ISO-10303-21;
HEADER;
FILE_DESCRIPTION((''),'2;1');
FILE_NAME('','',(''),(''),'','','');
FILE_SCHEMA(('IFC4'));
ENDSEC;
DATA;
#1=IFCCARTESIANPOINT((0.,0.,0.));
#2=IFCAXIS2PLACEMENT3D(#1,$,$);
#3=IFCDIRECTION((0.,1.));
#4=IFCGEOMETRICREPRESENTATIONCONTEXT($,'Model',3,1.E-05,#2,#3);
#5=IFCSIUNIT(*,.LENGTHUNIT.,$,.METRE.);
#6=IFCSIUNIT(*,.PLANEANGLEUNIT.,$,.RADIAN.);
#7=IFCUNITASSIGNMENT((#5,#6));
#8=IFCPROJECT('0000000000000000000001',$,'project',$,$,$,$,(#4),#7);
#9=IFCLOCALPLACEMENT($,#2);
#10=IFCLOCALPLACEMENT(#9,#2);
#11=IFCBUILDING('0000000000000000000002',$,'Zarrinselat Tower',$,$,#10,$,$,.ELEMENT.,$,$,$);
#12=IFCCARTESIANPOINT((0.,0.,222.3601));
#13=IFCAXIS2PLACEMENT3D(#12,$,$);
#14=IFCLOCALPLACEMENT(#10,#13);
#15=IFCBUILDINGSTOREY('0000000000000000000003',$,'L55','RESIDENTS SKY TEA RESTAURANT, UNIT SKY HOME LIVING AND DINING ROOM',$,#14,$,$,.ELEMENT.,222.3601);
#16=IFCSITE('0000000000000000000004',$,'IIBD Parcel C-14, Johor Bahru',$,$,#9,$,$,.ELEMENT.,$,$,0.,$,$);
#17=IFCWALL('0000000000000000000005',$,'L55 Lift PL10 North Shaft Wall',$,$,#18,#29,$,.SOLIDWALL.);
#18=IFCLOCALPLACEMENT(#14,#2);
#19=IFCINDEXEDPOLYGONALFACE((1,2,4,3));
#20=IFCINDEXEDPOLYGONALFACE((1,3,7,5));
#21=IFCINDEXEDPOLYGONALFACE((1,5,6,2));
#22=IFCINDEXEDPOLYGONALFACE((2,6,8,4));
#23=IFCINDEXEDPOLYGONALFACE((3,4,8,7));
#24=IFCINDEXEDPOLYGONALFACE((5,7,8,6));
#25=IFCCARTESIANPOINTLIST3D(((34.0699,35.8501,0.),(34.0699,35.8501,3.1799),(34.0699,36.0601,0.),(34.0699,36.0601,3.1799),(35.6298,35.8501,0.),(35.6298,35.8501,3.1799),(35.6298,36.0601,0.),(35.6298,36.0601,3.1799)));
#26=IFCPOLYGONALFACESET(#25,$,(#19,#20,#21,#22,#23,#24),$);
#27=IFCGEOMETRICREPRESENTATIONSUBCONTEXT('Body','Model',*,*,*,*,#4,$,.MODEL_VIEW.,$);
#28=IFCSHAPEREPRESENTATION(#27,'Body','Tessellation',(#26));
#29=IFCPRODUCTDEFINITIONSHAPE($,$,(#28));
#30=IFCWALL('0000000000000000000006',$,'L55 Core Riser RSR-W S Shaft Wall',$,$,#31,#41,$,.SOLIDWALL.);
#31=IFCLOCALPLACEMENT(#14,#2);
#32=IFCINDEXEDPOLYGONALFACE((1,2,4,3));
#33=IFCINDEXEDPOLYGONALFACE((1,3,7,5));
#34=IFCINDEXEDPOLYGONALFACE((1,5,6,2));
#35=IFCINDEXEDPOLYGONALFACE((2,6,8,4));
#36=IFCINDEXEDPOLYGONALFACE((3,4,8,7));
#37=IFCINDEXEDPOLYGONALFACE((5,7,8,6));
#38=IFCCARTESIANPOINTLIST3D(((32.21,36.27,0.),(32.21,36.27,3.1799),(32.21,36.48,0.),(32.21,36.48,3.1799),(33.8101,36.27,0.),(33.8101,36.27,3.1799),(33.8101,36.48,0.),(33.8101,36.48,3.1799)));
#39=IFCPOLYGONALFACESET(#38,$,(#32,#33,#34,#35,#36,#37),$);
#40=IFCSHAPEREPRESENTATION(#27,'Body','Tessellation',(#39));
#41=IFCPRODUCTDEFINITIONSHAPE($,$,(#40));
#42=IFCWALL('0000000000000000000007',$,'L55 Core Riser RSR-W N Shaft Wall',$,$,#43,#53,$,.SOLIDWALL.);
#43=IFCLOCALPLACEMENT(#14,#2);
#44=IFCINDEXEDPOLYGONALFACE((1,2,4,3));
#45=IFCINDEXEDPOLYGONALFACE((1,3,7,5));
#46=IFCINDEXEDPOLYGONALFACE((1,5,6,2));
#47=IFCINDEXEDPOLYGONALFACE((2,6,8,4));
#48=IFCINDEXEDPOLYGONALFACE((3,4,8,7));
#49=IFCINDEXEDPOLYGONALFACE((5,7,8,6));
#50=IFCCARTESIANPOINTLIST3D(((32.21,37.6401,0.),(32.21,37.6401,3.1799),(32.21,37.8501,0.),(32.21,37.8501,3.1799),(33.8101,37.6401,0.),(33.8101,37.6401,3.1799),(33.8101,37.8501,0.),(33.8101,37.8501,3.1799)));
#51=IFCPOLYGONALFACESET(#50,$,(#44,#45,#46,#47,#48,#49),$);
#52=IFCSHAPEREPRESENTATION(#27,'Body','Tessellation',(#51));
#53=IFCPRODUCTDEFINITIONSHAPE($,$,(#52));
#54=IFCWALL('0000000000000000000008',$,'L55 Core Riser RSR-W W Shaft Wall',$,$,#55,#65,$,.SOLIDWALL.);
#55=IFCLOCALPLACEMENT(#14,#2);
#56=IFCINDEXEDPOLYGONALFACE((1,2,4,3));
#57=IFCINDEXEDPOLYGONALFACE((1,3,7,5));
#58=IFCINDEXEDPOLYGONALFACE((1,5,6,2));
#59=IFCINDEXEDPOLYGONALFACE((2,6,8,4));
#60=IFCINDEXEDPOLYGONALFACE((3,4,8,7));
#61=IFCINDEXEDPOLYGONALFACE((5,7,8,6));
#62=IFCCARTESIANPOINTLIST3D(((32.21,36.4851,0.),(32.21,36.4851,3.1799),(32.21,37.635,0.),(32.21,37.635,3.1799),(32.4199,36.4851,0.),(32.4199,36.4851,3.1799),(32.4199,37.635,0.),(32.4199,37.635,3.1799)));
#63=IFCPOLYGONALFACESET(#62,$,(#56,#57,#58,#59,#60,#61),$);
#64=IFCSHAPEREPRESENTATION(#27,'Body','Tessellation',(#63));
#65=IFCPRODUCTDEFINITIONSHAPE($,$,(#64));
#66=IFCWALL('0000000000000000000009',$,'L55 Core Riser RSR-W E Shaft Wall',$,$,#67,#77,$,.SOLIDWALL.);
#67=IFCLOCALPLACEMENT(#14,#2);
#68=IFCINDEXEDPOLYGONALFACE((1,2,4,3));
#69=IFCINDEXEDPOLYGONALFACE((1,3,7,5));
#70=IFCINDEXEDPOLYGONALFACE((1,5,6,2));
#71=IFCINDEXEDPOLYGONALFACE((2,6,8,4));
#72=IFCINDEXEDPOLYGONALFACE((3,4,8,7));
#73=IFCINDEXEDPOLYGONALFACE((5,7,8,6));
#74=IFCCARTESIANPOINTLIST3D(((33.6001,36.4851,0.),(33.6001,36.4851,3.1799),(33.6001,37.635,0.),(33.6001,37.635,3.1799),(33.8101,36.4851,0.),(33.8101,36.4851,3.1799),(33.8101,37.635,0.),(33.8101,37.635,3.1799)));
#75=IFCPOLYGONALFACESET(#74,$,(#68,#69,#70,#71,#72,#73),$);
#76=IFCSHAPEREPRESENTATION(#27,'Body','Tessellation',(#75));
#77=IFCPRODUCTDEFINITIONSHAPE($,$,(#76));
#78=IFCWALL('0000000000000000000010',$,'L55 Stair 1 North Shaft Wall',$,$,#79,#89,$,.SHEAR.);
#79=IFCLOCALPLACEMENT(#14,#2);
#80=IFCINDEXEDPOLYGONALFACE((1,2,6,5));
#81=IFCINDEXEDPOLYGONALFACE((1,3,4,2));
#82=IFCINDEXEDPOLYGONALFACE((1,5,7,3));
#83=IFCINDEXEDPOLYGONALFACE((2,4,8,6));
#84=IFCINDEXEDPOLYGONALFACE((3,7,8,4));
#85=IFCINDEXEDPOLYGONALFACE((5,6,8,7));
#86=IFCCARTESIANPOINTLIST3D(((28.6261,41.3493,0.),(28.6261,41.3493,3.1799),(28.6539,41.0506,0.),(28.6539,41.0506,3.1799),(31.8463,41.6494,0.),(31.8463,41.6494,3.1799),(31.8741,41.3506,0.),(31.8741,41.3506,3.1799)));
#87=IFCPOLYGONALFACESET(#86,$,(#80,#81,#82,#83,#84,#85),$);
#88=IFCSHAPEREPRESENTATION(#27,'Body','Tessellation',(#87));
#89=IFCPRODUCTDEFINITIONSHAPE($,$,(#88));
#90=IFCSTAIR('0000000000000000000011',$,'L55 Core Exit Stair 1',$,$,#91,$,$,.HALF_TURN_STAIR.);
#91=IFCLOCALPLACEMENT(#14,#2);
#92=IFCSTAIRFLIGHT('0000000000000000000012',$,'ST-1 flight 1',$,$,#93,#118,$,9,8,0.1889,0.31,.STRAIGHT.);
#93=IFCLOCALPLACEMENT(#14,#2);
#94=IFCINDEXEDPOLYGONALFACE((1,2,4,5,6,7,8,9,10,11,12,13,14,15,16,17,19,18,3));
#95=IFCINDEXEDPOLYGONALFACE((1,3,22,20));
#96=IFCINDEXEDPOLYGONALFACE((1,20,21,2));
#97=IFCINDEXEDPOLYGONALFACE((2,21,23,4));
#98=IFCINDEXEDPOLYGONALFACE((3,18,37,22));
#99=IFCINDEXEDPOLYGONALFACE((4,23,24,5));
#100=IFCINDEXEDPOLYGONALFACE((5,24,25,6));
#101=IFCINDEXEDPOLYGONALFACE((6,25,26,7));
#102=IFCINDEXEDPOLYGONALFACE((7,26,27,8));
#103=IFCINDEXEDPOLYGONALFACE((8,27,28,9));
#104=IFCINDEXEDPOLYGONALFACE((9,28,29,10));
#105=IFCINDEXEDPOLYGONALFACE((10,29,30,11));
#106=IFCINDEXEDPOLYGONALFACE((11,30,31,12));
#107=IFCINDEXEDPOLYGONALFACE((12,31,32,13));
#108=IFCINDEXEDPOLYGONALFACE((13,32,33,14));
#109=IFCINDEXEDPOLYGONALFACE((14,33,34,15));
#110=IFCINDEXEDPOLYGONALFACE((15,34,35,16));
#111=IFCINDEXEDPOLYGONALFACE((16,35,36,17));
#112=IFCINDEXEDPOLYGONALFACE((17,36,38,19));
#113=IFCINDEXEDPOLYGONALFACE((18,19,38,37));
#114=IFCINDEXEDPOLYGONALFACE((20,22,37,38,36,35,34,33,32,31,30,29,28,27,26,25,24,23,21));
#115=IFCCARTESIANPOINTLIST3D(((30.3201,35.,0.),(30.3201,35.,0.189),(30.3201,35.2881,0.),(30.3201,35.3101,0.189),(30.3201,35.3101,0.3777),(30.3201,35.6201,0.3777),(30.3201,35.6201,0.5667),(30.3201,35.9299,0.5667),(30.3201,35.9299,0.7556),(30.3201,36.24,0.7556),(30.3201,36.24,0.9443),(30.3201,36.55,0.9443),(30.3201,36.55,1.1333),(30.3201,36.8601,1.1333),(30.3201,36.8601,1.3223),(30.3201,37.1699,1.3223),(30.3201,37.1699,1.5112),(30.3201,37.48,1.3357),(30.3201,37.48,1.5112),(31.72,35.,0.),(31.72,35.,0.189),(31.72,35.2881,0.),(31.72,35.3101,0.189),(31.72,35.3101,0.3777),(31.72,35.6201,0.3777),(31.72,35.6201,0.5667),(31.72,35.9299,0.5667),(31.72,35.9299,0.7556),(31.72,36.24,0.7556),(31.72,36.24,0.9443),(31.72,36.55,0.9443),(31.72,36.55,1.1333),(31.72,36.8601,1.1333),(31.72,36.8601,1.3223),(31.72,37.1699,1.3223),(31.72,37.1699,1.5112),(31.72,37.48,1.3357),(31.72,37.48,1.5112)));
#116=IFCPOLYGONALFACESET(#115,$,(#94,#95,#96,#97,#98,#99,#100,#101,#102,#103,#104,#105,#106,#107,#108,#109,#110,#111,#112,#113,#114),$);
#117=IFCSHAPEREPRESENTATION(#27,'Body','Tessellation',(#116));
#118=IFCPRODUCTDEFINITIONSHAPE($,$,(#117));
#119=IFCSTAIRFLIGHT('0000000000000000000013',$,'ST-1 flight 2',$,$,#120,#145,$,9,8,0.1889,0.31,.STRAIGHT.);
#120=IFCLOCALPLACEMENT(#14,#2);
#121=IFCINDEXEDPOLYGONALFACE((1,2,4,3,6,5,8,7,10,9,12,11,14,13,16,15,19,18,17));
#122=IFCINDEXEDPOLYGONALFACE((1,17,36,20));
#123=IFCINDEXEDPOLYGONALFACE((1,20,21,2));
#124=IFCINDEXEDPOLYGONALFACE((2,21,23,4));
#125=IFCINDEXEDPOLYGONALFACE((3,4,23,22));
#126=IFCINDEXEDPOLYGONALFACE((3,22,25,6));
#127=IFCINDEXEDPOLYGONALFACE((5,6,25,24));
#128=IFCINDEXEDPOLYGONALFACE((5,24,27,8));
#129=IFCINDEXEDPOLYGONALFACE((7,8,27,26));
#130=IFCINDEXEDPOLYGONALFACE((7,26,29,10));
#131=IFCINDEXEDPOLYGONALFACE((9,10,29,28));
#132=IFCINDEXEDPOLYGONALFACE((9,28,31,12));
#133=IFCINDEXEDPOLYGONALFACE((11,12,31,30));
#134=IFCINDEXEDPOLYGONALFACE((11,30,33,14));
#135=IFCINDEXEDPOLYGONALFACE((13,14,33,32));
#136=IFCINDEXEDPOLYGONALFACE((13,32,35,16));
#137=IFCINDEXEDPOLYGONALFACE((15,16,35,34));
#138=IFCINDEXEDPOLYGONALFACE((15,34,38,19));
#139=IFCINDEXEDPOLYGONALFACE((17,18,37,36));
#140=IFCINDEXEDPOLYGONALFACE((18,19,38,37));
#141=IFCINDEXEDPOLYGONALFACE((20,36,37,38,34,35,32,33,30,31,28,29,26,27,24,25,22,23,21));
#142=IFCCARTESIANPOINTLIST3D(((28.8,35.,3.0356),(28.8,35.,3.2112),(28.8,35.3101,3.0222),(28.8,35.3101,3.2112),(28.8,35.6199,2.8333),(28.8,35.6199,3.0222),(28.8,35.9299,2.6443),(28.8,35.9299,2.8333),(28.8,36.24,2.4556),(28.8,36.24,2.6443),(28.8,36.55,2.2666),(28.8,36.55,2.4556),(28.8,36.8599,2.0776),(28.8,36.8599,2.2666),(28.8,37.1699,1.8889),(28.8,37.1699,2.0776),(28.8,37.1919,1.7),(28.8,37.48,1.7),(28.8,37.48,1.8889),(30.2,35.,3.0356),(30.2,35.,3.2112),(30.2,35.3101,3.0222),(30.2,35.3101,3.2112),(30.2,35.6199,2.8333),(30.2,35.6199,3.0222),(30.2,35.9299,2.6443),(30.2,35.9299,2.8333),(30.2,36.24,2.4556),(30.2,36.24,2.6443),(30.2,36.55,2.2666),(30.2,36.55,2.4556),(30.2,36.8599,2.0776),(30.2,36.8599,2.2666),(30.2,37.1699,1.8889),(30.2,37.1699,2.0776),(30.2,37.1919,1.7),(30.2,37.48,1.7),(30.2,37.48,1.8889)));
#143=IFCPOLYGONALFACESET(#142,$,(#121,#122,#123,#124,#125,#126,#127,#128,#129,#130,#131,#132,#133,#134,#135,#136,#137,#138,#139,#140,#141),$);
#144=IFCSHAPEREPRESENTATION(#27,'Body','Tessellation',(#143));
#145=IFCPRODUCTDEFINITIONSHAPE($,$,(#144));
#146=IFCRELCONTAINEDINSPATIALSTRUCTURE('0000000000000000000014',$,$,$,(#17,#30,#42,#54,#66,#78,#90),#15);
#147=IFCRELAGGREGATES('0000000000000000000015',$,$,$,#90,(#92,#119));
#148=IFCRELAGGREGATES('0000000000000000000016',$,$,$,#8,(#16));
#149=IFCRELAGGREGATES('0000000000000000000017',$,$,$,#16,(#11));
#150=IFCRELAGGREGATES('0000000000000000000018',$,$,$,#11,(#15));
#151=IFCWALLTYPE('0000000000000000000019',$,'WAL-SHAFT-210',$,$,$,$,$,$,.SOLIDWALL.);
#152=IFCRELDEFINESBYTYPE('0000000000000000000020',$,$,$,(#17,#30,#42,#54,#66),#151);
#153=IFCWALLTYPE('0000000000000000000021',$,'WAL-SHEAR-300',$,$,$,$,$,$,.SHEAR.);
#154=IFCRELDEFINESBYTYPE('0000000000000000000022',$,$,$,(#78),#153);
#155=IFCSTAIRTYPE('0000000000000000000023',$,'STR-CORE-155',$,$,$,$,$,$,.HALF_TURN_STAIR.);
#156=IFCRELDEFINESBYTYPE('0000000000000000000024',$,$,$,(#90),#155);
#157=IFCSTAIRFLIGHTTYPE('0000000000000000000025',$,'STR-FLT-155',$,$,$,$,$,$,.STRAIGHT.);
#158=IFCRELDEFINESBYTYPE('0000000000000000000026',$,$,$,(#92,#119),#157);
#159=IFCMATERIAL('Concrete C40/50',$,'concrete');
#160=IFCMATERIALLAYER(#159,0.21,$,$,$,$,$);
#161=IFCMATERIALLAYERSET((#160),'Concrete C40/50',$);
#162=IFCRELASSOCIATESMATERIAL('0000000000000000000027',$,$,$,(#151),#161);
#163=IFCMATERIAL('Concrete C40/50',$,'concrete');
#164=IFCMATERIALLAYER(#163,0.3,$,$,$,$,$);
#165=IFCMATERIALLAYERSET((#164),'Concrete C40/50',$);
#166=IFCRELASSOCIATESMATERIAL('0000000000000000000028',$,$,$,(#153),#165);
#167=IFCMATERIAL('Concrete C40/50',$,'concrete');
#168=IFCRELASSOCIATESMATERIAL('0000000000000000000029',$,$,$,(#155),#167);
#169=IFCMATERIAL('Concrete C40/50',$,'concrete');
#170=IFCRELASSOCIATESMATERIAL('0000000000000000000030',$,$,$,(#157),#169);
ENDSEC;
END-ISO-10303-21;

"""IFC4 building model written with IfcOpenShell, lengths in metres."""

from ifc_helpers import new_model, si_unit, direction, frame, frame_2d, origin, place, context, subcontext, project, spatial, polyline, rectangle, outline, extrude, material, layer, layer_set, type_object, element, aggregate, save


model = new_model("IFC4")

# Units and contexts
model_context = context("Model", 3, precision=1e-05, world=origin(), true_north=direction((0.0, 1.0)))
body_context = subcontext(model_context, "Body", "Model", "MODEL_VIEW")
ifc_project = project(units=[si_unit("LENGTHUNIT", "METRE"), si_unit("PLANEANGLEUNIT", "RADIAN")], contexts=[model_context])

# Site, building, storey
site_placement = place(None, origin())
site = spatial("IfcSite", under=ifc_project, at=site_placement, Name="IIBD Parcel C-14, Johor Bahru", CompositionType="ELEMENT", RefElevation=0.0)
building_placement = place(site_placement, origin())
building = spatial("IfcBuilding", under=site, at=building_placement, Name="Zarrinselat Tower", CompositionType="ELEMENT")
storey_placement = place(building_placement, frame((0.0, 0.0, 222.3601)))
storey = spatial("IfcBuildingStorey", under=building, at=storey_placement, Name="L55", Description="RESIDENTS SKY TEA RESTAURANT, UNIT SKY HOME LIVING AND DINING ROOM", CompositionType="ELEMENT", Elevation=222.3601)

# Walls
ifc_material_1 = material(Name="Concrete C40/50", Category="concrete")
ifc_layer_1 = layer(ifc_material_1, 0.21)
ifc_layer_set_1 = layer_set([ifc_layer_1], Name="Concrete C40/50")
wall_type_1 = type_object("IfcWallType", Name="WAL-SHAFT-210", PredefinedType="SOLIDWALL", material=ifc_layer_set_1)
wall_1_placement = place(storey_placement, frame((34.0701, 35.9551, 0.0), z_axis=(0.0, 0.0, 1.0), x_axis=(1.0, 0.0, 0.0)))
element("IfcWall", 1, at=wall_1_placement, inside=storey, type_object=wall_type_1, Name="L55 Lift PL10 North Shaft Wall", PredefinedType="SOLIDWALL", context=body_context, shape_type="SweptSolid", body=[
    extrude(rectangle(XDim=1.5598, YDim=0.21, at=frame_2d((0.7798, 0.0))), origin(), (0.0, 0.0, 1.0), 3.1799),
])
for number, where, z_axis, x_axis, name in (
    (2, (32.21, 36.375, 0.0), (0.0, 0.0, 1.0), (1.0, 0.0, 0.0), "L55 Core Riser RSR-W S Shaft Wall"),
    (3, (32.21, 37.7451, 0.0), (0.0, 0.0, 1.0), (1.0, 0.0, 0.0), "L55 Core Riser RSR-W N Shaft Wall"),
):
    element("IfcWall", number, at=place(storey_placement, frame(where, z_axis=z_axis, x_axis=x_axis)), inside=storey, type_object=wall_type_1, Name=name, PredefinedType="SOLIDWALL", context=body_context, shape_type="SweptSolid", body=[
        extrude(rectangle(XDim=1.6001, YDim=0.21, at=frame_2d((0.8, 0.0))), origin(), (0.0, 0.0, 1.0), 3.1799),
    ])
for number, where, z_axis, x_axis, name in (
    (4, (32.3149, 36.4851, 0.0), (0.0, 0.0, 1.0), (0.0, 1.0, 0.0), "L55 Core Riser RSR-W W Shaft Wall"),
    (5, (33.7051, 36.4851, 0.0), (0.0, 0.0, 1.0), (0.0, 1.0, 0.0), "L55 Core Riser RSR-W E Shaft Wall"),
):
    element("IfcWall", number, at=place(storey_placement, frame(where, z_axis=z_axis, x_axis=x_axis)), inside=storey, type_object=wall_type_1, Name=name, PredefinedType="SOLIDWALL", context=body_context, shape_type="SweptSolid", body=[
        extrude(rectangle(XDim=1.1499, YDim=0.21, at=frame_2d((0.575, 0.0))), origin(), (0.0, 0.0, 1.0), 3.1799),
    ])
ifc_material_2 = material(Name="Concrete C40/50", Category="concrete")
ifc_layer_2 = layer(ifc_material_2, 0.3)
ifc_layer_set_2 = layer_set([ifc_layer_2], Name="Concrete C40/50")
wall_type_2 = type_object("IfcWallType", Name="WAL-SHEAR-300", PredefinedType="SHEAR", material=ifc_layer_set_2)
wall_2_placement = place(storey_placement, frame((28.6399, 41.2, 0.0), z_axis=(0.0, 0.0, 1.0), x_axis=(0.995687, 0.092775, 0.0)))
element("IfcWall", 6, at=wall_2_placement, inside=storey, type_object=wall_type_2, Name="L55 Stair 1 North Shaft Wall", PredefinedType="SHEAR", context=body_context, shape_type="SweptSolid", body=[
    extrude(rectangle(XDim=3.2341, YDim=0.3, at=frame_2d((1.6172, 0.0))), origin(), (0.0, 0.0, 1.0), 3.1799),
])

# Stair, stair flights
ifc_material_3 = material(Name="Concrete C40/50", Category="concrete")
stair_type = type_object("IfcStairType", Name="STR-CORE-155", PredefinedType="HALF_TURN_STAIR", material=ifc_material_3)
stair_placement = place(storey_placement, origin())
stair = element("IfcStair", 7, at=stair_placement, inside=storey, type_object=stair_type, Name="L55 Core Exit Stair 1", PredefinedType="HALF_TURN_STAIR")
ifc_material_4 = material(Name="Concrete C40/50", Category="concrete")
stair_flight_type = type_object("IfcStairFlightType", Name="STR-FLT-155", PredefinedType="STRAIGHT", material=ifc_material_4)
stair_flight_1_placement = place(storey_placement, frame((31.02, 35.0, 0.0), z_axis=(0.0, 0.0, 1.0), x_axis=(0.0, 1.0, 0.0)))
stair_flight_1 = element("IfcStairFlight", 8, at=stair_flight_1_placement, type_object=stair_flight_type, Name="ST-1 flight 1", NumberOfRisers=9, NumberOfTreads=8, PredefinedType="STRAIGHT", RiserHeight=0.1889, TreadLength=0.31, context=body_context, shape_type="SweptSolid", body=[
    extrude(outline(polyline([(0.0, 0.0), (0.0, 0.189), (0.3101, 0.189), (0.3101, 0.3777), (0.6201, 0.3777), (0.6201, 0.5667), (0.9299, 0.5667), (0.9299, 0.7556), (1.24, 0.7556), (1.24, 0.9443), (1.55, 0.9443), (1.55, 1.1333), (1.8601, 1.1333), (1.8601, 1.3223), (2.1699, 1.3223), (2.1699, 1.5112), (2.48, 1.5112), (2.48, 1.7), (2.48, 1.3357), (0.2881, 0.0), (0.0, 0.0)])), frame((0.0, 0.7, 0.0), z_axis=(0.0, -1.0, 0.0), x_axis=(1.0, 0.0, 0.0)), (0.0, 0.0, 1.0), 1.3999),
])
stair_flight_2_placement = place(storey_placement, frame((29.5, 37.48, 1.7), z_axis=(0.0, 0.0, 1.0), x_axis=(0.0, -1.0, 0.0)))
stair_flight_2 = element("IfcStairFlight", 9, at=stair_flight_2_placement, type_object=stair_flight_type, Name="ST-1 flight 2", NumberOfRisers=9, NumberOfTreads=8, PredefinedType="STRAIGHT", RiserHeight=0.1889, TreadLength=0.31, context=body_context, shape_type="SweptSolid", body=[
    extrude(outline(polyline([(0.0, 0.0), (0.0, 0.189), (0.3101, 0.189), (0.3101, 0.3777), (0.6201, 0.3777), (0.6201, 0.5667), (0.9299, 0.5667), (0.9299, 0.7556), (1.24, 0.7556), (1.24, 0.9443), (1.55, 0.9443), (1.55, 1.1333), (1.8601, 1.1333), (1.8601, 1.3223), (2.1699, 1.3223), (2.1699, 1.5112), (2.48, 1.5112), (2.48, 1.7), (2.48, 1.3357), (0.2881, 0.0), (0.0, 0.0)])), frame((0.0, 0.7, 0.0), z_axis=(0.0, -1.0, 0.0), x_axis=(1.0, 0.0, 0.0)), (0.0, 0.0, 1.0), 1.3999),
])
aggregate(stair, [stair_flight_1, stair_flight_2])

save(model, "model.ifc")
